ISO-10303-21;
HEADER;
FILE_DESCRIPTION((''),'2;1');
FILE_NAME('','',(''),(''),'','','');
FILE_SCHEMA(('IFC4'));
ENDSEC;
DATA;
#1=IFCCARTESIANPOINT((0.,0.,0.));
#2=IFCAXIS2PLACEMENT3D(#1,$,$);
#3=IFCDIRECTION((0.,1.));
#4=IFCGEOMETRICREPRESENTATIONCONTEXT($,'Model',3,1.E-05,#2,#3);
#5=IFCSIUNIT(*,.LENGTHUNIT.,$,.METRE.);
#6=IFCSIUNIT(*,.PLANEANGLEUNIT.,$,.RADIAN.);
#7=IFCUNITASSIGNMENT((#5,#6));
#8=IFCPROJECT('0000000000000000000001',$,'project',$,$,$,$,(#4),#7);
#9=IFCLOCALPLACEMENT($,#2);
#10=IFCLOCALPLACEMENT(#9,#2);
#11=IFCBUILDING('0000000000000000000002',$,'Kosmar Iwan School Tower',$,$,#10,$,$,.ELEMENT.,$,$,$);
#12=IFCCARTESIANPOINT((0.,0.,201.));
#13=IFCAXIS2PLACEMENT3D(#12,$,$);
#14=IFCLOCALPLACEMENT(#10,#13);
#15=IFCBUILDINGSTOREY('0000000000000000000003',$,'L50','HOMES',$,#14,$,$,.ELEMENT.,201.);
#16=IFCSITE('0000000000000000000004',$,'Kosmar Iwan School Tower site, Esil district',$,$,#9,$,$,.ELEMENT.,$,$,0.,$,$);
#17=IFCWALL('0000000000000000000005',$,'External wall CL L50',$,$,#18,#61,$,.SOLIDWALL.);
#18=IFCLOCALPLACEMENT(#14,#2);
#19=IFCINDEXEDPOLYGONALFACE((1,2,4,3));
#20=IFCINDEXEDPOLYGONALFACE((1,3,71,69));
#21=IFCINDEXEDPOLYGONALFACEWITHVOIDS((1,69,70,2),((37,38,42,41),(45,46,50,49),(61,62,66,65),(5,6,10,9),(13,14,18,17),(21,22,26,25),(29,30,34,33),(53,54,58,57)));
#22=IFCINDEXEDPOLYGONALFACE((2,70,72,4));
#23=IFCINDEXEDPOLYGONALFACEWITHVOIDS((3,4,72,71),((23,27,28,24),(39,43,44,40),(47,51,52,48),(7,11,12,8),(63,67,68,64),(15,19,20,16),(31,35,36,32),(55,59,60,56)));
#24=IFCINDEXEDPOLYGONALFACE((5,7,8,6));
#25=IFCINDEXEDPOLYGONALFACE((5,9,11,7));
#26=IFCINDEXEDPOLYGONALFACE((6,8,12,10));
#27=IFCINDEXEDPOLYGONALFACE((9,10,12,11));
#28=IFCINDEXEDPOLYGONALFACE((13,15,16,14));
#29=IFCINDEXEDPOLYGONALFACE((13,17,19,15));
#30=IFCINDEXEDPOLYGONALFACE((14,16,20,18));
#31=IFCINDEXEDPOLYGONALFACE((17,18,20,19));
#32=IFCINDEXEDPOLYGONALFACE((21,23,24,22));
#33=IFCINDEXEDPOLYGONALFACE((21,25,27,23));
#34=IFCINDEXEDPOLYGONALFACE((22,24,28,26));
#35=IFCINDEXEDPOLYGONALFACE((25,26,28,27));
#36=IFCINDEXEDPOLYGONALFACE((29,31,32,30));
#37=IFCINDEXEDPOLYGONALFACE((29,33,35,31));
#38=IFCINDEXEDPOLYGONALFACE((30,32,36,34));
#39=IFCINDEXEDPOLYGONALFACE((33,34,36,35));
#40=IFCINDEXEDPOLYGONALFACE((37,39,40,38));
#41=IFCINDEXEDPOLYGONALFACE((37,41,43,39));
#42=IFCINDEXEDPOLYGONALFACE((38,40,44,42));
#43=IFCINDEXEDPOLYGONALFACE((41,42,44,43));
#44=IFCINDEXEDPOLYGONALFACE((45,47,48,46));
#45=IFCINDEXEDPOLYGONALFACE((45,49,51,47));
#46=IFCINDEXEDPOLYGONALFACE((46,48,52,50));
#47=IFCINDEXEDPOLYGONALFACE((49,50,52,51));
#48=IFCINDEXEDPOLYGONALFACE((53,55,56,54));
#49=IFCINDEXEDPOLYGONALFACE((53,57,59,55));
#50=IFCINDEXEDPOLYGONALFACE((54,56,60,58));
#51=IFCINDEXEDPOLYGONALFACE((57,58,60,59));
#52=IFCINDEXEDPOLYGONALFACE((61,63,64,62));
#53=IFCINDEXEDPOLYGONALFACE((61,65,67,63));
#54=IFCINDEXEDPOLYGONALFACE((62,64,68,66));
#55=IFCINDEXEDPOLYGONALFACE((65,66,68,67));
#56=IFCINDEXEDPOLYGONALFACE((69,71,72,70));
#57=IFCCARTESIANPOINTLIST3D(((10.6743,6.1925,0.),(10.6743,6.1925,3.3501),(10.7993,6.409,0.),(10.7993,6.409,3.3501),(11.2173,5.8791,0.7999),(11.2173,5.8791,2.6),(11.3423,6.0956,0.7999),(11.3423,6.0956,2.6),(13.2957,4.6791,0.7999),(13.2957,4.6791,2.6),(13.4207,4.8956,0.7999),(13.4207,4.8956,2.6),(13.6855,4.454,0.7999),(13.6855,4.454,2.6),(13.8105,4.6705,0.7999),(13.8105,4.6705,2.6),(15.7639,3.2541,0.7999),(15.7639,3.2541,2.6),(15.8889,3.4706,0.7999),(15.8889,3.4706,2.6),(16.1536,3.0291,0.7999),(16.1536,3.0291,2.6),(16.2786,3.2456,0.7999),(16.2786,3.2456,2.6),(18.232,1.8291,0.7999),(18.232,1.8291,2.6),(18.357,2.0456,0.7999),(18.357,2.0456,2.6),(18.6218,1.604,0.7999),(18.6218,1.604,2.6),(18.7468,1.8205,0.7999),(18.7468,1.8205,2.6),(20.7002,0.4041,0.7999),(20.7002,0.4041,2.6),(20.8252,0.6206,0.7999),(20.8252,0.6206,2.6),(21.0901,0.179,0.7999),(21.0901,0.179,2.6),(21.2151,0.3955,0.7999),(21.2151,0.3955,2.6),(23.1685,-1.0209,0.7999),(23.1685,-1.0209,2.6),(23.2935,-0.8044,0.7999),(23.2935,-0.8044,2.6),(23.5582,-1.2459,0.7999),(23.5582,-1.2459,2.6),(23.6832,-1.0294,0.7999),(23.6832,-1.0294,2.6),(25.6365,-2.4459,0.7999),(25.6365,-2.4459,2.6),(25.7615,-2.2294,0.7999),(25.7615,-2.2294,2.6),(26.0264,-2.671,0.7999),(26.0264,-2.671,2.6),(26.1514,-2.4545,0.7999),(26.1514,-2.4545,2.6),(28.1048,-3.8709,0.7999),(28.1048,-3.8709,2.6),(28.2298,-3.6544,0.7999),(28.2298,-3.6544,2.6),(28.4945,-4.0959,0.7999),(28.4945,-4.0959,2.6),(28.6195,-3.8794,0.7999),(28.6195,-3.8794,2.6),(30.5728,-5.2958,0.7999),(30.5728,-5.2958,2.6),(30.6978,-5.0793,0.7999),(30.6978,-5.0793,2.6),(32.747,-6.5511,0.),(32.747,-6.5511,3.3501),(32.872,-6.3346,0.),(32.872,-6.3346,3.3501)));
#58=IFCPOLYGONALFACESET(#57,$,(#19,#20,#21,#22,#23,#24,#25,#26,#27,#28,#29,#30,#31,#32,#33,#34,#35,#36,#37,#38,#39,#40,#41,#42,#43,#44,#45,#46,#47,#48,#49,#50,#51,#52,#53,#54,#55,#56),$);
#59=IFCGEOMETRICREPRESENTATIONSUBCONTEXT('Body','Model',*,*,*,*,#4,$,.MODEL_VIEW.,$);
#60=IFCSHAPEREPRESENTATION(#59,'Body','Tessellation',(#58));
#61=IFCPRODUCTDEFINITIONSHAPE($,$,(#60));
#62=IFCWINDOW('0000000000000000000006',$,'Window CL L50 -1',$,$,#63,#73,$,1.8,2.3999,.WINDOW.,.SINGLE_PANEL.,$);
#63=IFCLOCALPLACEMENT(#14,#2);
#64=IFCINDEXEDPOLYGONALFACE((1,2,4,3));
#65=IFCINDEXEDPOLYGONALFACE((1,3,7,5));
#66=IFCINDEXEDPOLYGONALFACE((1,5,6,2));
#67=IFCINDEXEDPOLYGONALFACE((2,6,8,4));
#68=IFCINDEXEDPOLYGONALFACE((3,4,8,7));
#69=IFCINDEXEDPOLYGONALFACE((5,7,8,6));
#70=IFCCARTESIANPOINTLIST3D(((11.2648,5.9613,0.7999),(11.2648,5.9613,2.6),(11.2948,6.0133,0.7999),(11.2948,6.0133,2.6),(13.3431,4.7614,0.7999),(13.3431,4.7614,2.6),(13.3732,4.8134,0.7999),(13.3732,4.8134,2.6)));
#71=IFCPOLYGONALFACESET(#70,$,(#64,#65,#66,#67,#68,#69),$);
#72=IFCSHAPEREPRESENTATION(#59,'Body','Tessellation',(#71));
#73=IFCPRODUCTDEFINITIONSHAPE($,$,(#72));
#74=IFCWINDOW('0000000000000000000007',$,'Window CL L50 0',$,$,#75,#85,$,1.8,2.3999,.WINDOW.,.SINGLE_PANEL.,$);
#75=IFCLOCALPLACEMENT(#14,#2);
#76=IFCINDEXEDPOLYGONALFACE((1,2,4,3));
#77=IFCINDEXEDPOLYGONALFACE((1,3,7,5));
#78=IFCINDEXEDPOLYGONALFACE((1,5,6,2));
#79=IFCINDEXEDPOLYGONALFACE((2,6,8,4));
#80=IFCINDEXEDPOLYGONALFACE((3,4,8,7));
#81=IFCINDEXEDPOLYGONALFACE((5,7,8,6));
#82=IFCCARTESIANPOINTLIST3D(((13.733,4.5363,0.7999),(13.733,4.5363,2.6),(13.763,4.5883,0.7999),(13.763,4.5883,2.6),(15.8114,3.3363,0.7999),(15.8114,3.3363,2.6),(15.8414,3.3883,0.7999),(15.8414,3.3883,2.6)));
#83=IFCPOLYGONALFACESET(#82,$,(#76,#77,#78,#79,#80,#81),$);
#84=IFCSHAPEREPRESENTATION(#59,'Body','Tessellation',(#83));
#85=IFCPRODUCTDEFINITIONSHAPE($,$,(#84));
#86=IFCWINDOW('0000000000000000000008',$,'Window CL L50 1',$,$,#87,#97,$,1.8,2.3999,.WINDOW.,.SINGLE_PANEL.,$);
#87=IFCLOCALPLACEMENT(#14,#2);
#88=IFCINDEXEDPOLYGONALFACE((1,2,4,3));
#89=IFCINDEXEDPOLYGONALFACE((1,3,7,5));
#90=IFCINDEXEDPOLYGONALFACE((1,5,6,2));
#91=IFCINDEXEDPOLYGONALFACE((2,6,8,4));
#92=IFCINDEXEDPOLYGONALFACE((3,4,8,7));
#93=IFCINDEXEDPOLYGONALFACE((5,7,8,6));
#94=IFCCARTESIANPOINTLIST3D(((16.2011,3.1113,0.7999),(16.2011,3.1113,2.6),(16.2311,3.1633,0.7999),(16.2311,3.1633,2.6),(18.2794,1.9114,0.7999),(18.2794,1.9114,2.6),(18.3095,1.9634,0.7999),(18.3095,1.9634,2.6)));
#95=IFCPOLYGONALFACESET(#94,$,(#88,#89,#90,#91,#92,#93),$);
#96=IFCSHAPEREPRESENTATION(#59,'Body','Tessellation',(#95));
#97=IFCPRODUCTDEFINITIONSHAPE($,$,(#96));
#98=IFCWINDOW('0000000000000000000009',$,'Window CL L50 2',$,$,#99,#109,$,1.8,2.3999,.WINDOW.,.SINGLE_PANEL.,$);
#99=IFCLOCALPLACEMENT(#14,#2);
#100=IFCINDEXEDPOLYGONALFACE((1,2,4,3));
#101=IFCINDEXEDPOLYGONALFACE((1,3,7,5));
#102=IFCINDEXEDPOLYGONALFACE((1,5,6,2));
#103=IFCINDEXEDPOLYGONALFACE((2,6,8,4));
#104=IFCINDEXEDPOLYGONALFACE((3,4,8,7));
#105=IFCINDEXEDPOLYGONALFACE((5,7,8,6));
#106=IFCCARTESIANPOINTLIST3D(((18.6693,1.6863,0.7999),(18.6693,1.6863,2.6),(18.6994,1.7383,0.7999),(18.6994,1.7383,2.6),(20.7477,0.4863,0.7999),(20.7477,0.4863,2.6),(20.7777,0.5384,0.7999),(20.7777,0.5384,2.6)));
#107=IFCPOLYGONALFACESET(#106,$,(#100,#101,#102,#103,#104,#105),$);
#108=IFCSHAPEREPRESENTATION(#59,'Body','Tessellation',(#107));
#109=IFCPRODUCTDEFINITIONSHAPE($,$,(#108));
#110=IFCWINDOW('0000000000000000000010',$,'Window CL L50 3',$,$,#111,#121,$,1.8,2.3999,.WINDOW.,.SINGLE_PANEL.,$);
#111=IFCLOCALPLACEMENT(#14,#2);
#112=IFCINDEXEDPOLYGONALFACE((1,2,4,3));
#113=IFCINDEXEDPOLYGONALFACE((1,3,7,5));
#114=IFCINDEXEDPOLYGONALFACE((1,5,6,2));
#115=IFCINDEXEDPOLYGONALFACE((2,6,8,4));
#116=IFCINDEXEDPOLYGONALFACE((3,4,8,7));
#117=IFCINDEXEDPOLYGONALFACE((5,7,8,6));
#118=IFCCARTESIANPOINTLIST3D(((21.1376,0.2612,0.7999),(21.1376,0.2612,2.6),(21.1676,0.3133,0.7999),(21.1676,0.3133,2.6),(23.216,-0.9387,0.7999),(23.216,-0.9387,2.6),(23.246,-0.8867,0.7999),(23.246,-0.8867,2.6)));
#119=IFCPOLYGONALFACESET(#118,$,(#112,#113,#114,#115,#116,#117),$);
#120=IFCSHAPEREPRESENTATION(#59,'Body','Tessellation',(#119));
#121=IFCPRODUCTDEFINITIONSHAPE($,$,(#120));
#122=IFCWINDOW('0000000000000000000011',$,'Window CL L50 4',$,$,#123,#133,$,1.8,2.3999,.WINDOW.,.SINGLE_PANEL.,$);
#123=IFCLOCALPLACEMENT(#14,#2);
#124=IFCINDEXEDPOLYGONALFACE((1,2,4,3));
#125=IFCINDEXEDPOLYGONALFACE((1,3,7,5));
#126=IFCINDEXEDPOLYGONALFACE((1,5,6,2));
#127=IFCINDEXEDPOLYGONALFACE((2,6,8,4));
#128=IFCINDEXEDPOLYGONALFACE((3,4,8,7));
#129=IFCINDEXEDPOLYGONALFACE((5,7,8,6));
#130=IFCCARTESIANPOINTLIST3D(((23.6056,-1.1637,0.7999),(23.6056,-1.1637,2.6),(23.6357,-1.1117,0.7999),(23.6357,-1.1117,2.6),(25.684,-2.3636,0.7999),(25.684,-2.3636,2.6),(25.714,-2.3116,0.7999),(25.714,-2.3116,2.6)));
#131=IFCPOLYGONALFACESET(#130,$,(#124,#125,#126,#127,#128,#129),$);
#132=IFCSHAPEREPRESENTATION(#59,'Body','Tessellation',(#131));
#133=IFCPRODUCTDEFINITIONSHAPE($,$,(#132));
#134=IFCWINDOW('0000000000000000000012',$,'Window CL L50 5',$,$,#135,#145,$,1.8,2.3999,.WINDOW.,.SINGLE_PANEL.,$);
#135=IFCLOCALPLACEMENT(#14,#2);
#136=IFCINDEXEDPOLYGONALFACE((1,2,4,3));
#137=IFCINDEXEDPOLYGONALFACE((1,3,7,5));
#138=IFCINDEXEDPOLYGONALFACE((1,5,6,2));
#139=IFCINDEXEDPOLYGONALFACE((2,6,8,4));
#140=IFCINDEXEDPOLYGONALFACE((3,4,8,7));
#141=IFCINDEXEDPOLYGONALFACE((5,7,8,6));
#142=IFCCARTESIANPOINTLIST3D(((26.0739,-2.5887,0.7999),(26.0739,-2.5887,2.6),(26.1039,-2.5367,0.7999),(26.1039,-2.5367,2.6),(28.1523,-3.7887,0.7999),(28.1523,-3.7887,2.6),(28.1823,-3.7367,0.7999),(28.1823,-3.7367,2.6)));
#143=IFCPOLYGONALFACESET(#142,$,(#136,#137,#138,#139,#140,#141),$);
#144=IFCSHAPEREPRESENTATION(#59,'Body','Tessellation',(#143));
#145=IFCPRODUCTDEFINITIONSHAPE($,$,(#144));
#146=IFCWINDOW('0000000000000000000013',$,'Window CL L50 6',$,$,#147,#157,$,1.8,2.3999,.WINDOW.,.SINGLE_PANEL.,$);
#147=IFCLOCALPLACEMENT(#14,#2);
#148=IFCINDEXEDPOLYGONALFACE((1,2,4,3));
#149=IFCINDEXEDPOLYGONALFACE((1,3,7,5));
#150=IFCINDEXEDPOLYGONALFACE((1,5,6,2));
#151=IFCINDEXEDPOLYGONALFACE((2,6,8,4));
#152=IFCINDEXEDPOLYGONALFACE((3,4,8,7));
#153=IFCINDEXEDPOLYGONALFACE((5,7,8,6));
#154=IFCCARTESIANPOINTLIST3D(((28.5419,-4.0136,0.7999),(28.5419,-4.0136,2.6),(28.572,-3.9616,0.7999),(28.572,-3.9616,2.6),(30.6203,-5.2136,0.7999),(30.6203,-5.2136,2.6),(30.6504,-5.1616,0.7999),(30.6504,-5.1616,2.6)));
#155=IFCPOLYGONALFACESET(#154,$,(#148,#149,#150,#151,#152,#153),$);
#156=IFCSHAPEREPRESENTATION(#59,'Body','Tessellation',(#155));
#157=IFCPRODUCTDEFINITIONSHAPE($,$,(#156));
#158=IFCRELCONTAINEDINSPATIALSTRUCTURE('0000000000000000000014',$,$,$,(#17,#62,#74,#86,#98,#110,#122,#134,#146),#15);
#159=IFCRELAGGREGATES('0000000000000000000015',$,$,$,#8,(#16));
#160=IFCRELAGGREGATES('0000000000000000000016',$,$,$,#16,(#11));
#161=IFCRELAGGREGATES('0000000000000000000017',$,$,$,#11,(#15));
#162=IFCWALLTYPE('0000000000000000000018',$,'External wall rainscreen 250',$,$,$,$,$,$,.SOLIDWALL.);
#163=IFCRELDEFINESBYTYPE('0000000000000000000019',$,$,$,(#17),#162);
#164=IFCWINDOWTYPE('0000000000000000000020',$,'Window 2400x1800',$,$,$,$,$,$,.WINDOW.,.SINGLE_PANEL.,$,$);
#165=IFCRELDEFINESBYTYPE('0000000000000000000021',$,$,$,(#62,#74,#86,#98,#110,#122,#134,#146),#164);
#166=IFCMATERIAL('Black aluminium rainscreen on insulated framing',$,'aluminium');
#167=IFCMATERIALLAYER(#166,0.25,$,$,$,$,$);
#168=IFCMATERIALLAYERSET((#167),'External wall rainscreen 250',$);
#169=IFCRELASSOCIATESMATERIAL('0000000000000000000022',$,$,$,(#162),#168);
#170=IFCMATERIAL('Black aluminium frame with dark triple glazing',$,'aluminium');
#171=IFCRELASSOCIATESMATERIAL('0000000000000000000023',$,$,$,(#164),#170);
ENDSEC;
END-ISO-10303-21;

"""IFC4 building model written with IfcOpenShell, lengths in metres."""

from ifc_helpers import new_model, si_unit, direction, frame, frame_2d, origin, place, context, subcontext, project, spatial, rectangle, extrude, material, layer, layer_set, type_object, element, fill, save


model = new_model("IFC4")

# Units and contexts
model_context = context("Model", 3, precision=1e-05, world=origin(), true_north=direction((0.0, 1.0)))
body_context = subcontext(model_context, "Body", "Model", "MODEL_VIEW")
ifc_project = project(units=[si_unit("LENGTHUNIT", "METRE"), si_unit("PLANEANGLEUNIT", "RADIAN")], contexts=[model_context])

# Site, building, storey
site_placement = place(None, origin())
site = spatial("IfcSite", under=ifc_project, at=site_placement, Name="Kosmar Iwan School Tower site, Esil district", CompositionType="ELEMENT", RefElevation=0.0)
building_placement = place(site_placement, origin())
building = spatial("IfcBuilding", under=site, at=building_placement, Name="Kosmar Iwan School Tower", CompositionType="ELEMENT")
storey_placement = place(building_placement, frame((0.0, 0.0, 201.0)))
storey = spatial("IfcBuildingStorey", under=building, at=storey_placement, Name="L50", Description="HOMES", CompositionType="ELEMENT", Elevation=201.0)

# Wall, openings, windows
ifc_material_1 = material(Name="Black aluminium rainscreen on insulated framing", Category="aluminium")
ifc_layer_1 = layer(ifc_material_1, 0.25)
ifc_layer_set_1 = layer_set([ifc_layer_1], Name="External wall rainscreen 250")
wall_type_1 = type_object("IfcWallType", Name="External wall rainscreen 250", PredefinedType="SOLIDWALL", material=ifc_layer_set_1)
wall_1_placement = place(storey_placement, frame((10.7368, 6.3008, 0.0), z_axis=(0.0, 0.0, 1.0), x_axis=(0.866026, -0.499998, 0.0)))
wall_1 = element("IfcWall", 1, at=wall_1_placement, inside=storey, type_object=wall_type_1, Name="External wall CL L50", PredefinedType="SOLIDWALL", context=body_context, shape_type="SweptSolid", body=[
    extrude(rectangle(XDim=25.4873, YDim=0.25, at=frame_2d((12.7437, 0.0))), origin(), (0.0, 0.0, 1.0), 3.3501),
])
opening_1_placement = place(wall_1_placement, frame((0.627, 0.0, 0.8)))
opening_1 = element("IfcOpeningElement", 2, at=opening_1_placement, cuts=wall_1, PredefinedType="OPENING", context=body_context, shape_type="SweptSolid", body=[
    extrude(rectangle(XDim=2.3999, YDim=1.8, at=frame_2d((1.2, 0.8999))), frame((0.0, 0.137, 0.0), z_axis=(0.0, -1.0, 0.0), x_axis=(1.0, 0.0, 0.0)), (0.0, 0.0, 1.0), 0.2739),
])
opening_2_placement = place(wall_1_placement, frame((3.4771, 0.0, 0.8)))
opening_2 = element("IfcOpeningElement", 3, at=opening_2_placement, cuts=wall_1, PredefinedType="OPENING", context=body_context, shape_type="SweptSolid", body=[
    extrude(rectangle(XDim=2.3999, YDim=1.8, at=frame_2d((1.2, 0.8999))), frame((0.0, 0.137, 0.0), z_axis=(0.0, -1.0, 0.0), x_axis=(1.0, 0.0, 0.0)), (0.0, 0.0, 1.0), 0.2739),
])
opening_3_placement = place(wall_1_placement, frame((6.3269, 0.0, 0.8)))
opening_3 = element("IfcOpeningElement", 4, at=opening_3_placement, cuts=wall_1, PredefinedType="OPENING", context=body_context, shape_type="SweptSolid", body=[
    extrude(rectangle(XDim=2.3999, YDim=1.8, at=frame_2d((1.2, 0.8999))), frame((0.0, 0.137, 0.0), z_axis=(0.0, -1.0, 0.0), x_axis=(1.0, 0.0, 0.0)), (0.0, 0.0, 1.0), 0.2739),
])
opening_4_placement = place(wall_1_placement, frame((9.177, 0.0, 0.8)))
opening_4 = element("IfcOpeningElement", 5, at=opening_4_placement, cuts=wall_1, PredefinedType="OPENING", context=body_context, shape_type="SweptSolid", body=[
    extrude(rectangle(XDim=2.3999, YDim=1.8, at=frame_2d((1.2, 0.8999))), frame((0.0, 0.137, 0.0), z_axis=(0.0, -1.0, 0.0), x_axis=(1.0, 0.0, 0.0)), (0.0, 0.0, 1.0), 0.2739),
])
opening_5_placement = place(wall_1_placement, frame((12.0271, 0.0, 0.8)))
opening_5 = element("IfcOpeningElement", 6, at=opening_5_placement, cuts=wall_1, PredefinedType="OPENING", context=body_context, shape_type="SweptSolid", body=[
    extrude(rectangle(XDim=2.3999, YDim=1.8, at=frame_2d((1.2, 0.8999))), frame((0.0, 0.137, 0.0), z_axis=(0.0, -1.0, 0.0), x_axis=(1.0, 0.0, 0.0)), (0.0, 0.0, 1.0), 0.2739),
])
opening_6_placement = place(wall_1_placement, frame((14.877, 0.0, 0.8)))
opening_6 = element("IfcOpeningElement", 7, at=opening_6_placement, cuts=wall_1, PredefinedType="OPENING", context=body_context, shape_type="SweptSolid", body=[
    extrude(rectangle(XDim=2.3999, YDim=1.8, at=frame_2d((1.2, 0.8999))), frame((0.0, 0.137, 0.0), z_axis=(0.0, -1.0, 0.0), x_axis=(1.0, 0.0, 0.0)), (0.0, 0.0, 1.0), 0.2739),
])
opening_7_placement = place(wall_1_placement, frame((17.7271, 0.0, 0.8)))
opening_7 = element("IfcOpeningElement", 8, at=opening_7_placement, cuts=wall_1, PredefinedType="OPENING", context=body_context, shape_type="SweptSolid", body=[
    extrude(rectangle(XDim=2.3999, YDim=1.8, at=frame_2d((1.2, 0.8999))), frame((0.0, 0.137, 0.0), z_axis=(0.0, -1.0, 0.0), x_axis=(1.0, 0.0, 0.0)), (0.0, 0.0, 1.0), 0.2739),
])
opening_8_placement = place(wall_1_placement, frame((20.5769, 0.0, 0.8)))
opening_8 = element("IfcOpeningElement", 9, at=opening_8_placement, cuts=wall_1, PredefinedType="OPENING", context=body_context, shape_type="SweptSolid", body=[
    extrude(rectangle(XDim=2.3999, YDim=1.8, at=frame_2d((1.2, 0.8999))), frame((0.0, 0.137, 0.0), z_axis=(0.0, -1.0, 0.0), x_axis=(1.0, 0.0, 0.0)), (0.0, 0.0, 1.0), 0.2739),
])
ifc_material_2 = material(Name="Black aluminium frame with dark triple glazing", Category="aluminium")
window_type = type_object("IfcWindowType", Name="Window 2400x1800", PartitioningType="SINGLE_PANEL", PredefinedType="WINDOW", material=ifc_material_2)
window_1_placement = place(opening_1_placement, origin())
window_1 = element("IfcWindow", 10, at=window_1_placement, inside=storey, type_object=window_type, Name="Window CL L50 -1", OverallHeight=1.8, OverallWidth=2.3999, PartitioningType="SINGLE_PANEL", PredefinedType="WINDOW", context=body_context, shape_type="SweptSolid", body=[
    extrude(rectangle(XDim=2.3999, YDim=1.8, at=frame_2d((1.2, 0.8999))), frame((0.0, 0.03, 0.0), z_axis=(0.0, -1.0, 0.0), x_axis=(1.0, 0.0, 0.0)), (0.0, 0.0, 1.0), 0.0601),
])
fill(opening_1, window_1)
window_2_placement = place(opening_2_placement, origin())
window_2 = element("IfcWindow", 11, at=window_2_placement, inside=storey, type_object=window_type, Name="Window CL L50 0", OverallHeight=1.8, OverallWidth=2.3999, PartitioningType="SINGLE_PANEL", PredefinedType="WINDOW", context=body_context, shape_type="SweptSolid", body=[
    extrude(rectangle(XDim=2.3999, YDim=1.8, at=frame_2d((1.2, 0.8999))), frame((0.0, 0.03, 0.0), z_axis=(0.0, -1.0, 0.0), x_axis=(1.0, 0.0, 0.0)), (0.0, 0.0, 1.0), 0.0601),
])
fill(opening_2, window_2)
window_3_placement = place(opening_3_placement, origin())
window_3 = element("IfcWindow", 12, at=window_3_placement, inside=storey, type_object=window_type, Name="Window CL L50 1", OverallHeight=1.8, OverallWidth=2.3999, PartitioningType="SINGLE_PANEL", PredefinedType="WINDOW", context=body_context, shape_type="SweptSolid", body=[
    extrude(rectangle(XDim=2.3999, YDim=1.8, at=frame_2d((1.2, 0.8999))), frame((0.0, 0.03, 0.0), z_axis=(0.0, -1.0, 0.0), x_axis=(1.0, 0.0, 0.0)), (0.0, 0.0, 1.0), 0.0601),
])
fill(opening_3, window_3)
window_4_placement = place(opening_4_placement, origin())
window_4 = element("IfcWindow", 13, at=window_4_placement, inside=storey, type_object=window_type, Name="Window CL L50 2", OverallHeight=1.8, OverallWidth=2.3999, PartitioningType="SINGLE_PANEL", PredefinedType="WINDOW", context=body_context, shape_type="SweptSolid", body=[
    extrude(rectangle(XDim=2.3999, YDim=1.8, at=frame_2d((1.2, 0.8999))), frame((0.0, 0.03, 0.0), z_axis=(0.0, -1.0, 0.0), x_axis=(1.0, 0.0, 0.0)), (0.0, 0.0, 1.0), 0.0601),
])
fill(opening_4, window_4)
window_5_placement = place(opening_5_placement, origin())
window_5 = element("IfcWindow", 14, at=window_5_placement, inside=storey, type_object=window_type, Name="Window CL L50 3", OverallHeight=1.8, OverallWidth=2.3999, PartitioningType="SINGLE_PANEL", PredefinedType="WINDOW", context=body_context, shape_type="SweptSolid", body=[
    extrude(rectangle(XDim=2.3999, YDim=1.8, at=frame_2d((1.2, 0.8999))), frame((0.0, 0.03, 0.0), z_axis=(0.0, -1.0, 0.0), x_axis=(1.0, 0.0, 0.0)), (0.0, 0.0, 1.0), 0.0601),
])
fill(opening_5, window_5)
window_6_placement = place(opening_6_placement, origin())
window_6 = element("IfcWindow", 15, at=window_6_placement, inside=storey, type_object=window_type, Name="Window CL L50 4", OverallHeight=1.8, OverallWidth=2.3999, PartitioningType="SINGLE_PANEL", PredefinedType="WINDOW", context=body_context, shape_type="SweptSolid", body=[
    extrude(rectangle(XDim=2.3999, YDim=1.8, at=frame_2d((1.2, 0.8999))), frame((0.0, 0.03, 0.0), z_axis=(0.0, -1.0, 0.0), x_axis=(1.0, 0.0, 0.0)), (0.0, 0.0, 1.0), 0.0601),
])
fill(opening_6, window_6)
window_7_placement = place(opening_7_placement, origin())
window_7 = element("IfcWindow", 16, at=window_7_placement, inside=storey, type_object=window_type, Name="Window CL L50 5", OverallHeight=1.8, OverallWidth=2.3999, PartitioningType="SINGLE_PANEL", PredefinedType="WINDOW", context=body_context, shape_type="SweptSolid", body=[
    extrude(rectangle(XDim=2.3999, YDim=1.8, at=frame_2d((1.2, 0.8999))), frame((0.0, 0.03, 0.0), z_axis=(0.0, -1.0, 0.0), x_axis=(1.0, 0.0, 0.0)), (0.0, 0.0, 1.0), 0.0601),
])
fill(opening_7, window_7)
window_8_placement = place(opening_8_placement, origin())
window_8 = element("IfcWindow", 17, at=window_8_placement, inside=storey, type_object=window_type, Name="Window CL L50 6", OverallHeight=1.8, OverallWidth=2.3999, PartitioningType="SINGLE_PANEL", PredefinedType="WINDOW", context=body_context, shape_type="SweptSolid", body=[
    extrude(rectangle(XDim=2.3999, YDim=1.8, at=frame_2d((1.2, 0.8999))), frame((0.0, 0.03, 0.0), z_axis=(0.0, -1.0, 0.0), x_axis=(1.0, 0.0, 0.0)), (0.0, 0.0, 1.0), 0.0601),
])
fill(opening_8, window_8)

save(model, "model.ifc")
